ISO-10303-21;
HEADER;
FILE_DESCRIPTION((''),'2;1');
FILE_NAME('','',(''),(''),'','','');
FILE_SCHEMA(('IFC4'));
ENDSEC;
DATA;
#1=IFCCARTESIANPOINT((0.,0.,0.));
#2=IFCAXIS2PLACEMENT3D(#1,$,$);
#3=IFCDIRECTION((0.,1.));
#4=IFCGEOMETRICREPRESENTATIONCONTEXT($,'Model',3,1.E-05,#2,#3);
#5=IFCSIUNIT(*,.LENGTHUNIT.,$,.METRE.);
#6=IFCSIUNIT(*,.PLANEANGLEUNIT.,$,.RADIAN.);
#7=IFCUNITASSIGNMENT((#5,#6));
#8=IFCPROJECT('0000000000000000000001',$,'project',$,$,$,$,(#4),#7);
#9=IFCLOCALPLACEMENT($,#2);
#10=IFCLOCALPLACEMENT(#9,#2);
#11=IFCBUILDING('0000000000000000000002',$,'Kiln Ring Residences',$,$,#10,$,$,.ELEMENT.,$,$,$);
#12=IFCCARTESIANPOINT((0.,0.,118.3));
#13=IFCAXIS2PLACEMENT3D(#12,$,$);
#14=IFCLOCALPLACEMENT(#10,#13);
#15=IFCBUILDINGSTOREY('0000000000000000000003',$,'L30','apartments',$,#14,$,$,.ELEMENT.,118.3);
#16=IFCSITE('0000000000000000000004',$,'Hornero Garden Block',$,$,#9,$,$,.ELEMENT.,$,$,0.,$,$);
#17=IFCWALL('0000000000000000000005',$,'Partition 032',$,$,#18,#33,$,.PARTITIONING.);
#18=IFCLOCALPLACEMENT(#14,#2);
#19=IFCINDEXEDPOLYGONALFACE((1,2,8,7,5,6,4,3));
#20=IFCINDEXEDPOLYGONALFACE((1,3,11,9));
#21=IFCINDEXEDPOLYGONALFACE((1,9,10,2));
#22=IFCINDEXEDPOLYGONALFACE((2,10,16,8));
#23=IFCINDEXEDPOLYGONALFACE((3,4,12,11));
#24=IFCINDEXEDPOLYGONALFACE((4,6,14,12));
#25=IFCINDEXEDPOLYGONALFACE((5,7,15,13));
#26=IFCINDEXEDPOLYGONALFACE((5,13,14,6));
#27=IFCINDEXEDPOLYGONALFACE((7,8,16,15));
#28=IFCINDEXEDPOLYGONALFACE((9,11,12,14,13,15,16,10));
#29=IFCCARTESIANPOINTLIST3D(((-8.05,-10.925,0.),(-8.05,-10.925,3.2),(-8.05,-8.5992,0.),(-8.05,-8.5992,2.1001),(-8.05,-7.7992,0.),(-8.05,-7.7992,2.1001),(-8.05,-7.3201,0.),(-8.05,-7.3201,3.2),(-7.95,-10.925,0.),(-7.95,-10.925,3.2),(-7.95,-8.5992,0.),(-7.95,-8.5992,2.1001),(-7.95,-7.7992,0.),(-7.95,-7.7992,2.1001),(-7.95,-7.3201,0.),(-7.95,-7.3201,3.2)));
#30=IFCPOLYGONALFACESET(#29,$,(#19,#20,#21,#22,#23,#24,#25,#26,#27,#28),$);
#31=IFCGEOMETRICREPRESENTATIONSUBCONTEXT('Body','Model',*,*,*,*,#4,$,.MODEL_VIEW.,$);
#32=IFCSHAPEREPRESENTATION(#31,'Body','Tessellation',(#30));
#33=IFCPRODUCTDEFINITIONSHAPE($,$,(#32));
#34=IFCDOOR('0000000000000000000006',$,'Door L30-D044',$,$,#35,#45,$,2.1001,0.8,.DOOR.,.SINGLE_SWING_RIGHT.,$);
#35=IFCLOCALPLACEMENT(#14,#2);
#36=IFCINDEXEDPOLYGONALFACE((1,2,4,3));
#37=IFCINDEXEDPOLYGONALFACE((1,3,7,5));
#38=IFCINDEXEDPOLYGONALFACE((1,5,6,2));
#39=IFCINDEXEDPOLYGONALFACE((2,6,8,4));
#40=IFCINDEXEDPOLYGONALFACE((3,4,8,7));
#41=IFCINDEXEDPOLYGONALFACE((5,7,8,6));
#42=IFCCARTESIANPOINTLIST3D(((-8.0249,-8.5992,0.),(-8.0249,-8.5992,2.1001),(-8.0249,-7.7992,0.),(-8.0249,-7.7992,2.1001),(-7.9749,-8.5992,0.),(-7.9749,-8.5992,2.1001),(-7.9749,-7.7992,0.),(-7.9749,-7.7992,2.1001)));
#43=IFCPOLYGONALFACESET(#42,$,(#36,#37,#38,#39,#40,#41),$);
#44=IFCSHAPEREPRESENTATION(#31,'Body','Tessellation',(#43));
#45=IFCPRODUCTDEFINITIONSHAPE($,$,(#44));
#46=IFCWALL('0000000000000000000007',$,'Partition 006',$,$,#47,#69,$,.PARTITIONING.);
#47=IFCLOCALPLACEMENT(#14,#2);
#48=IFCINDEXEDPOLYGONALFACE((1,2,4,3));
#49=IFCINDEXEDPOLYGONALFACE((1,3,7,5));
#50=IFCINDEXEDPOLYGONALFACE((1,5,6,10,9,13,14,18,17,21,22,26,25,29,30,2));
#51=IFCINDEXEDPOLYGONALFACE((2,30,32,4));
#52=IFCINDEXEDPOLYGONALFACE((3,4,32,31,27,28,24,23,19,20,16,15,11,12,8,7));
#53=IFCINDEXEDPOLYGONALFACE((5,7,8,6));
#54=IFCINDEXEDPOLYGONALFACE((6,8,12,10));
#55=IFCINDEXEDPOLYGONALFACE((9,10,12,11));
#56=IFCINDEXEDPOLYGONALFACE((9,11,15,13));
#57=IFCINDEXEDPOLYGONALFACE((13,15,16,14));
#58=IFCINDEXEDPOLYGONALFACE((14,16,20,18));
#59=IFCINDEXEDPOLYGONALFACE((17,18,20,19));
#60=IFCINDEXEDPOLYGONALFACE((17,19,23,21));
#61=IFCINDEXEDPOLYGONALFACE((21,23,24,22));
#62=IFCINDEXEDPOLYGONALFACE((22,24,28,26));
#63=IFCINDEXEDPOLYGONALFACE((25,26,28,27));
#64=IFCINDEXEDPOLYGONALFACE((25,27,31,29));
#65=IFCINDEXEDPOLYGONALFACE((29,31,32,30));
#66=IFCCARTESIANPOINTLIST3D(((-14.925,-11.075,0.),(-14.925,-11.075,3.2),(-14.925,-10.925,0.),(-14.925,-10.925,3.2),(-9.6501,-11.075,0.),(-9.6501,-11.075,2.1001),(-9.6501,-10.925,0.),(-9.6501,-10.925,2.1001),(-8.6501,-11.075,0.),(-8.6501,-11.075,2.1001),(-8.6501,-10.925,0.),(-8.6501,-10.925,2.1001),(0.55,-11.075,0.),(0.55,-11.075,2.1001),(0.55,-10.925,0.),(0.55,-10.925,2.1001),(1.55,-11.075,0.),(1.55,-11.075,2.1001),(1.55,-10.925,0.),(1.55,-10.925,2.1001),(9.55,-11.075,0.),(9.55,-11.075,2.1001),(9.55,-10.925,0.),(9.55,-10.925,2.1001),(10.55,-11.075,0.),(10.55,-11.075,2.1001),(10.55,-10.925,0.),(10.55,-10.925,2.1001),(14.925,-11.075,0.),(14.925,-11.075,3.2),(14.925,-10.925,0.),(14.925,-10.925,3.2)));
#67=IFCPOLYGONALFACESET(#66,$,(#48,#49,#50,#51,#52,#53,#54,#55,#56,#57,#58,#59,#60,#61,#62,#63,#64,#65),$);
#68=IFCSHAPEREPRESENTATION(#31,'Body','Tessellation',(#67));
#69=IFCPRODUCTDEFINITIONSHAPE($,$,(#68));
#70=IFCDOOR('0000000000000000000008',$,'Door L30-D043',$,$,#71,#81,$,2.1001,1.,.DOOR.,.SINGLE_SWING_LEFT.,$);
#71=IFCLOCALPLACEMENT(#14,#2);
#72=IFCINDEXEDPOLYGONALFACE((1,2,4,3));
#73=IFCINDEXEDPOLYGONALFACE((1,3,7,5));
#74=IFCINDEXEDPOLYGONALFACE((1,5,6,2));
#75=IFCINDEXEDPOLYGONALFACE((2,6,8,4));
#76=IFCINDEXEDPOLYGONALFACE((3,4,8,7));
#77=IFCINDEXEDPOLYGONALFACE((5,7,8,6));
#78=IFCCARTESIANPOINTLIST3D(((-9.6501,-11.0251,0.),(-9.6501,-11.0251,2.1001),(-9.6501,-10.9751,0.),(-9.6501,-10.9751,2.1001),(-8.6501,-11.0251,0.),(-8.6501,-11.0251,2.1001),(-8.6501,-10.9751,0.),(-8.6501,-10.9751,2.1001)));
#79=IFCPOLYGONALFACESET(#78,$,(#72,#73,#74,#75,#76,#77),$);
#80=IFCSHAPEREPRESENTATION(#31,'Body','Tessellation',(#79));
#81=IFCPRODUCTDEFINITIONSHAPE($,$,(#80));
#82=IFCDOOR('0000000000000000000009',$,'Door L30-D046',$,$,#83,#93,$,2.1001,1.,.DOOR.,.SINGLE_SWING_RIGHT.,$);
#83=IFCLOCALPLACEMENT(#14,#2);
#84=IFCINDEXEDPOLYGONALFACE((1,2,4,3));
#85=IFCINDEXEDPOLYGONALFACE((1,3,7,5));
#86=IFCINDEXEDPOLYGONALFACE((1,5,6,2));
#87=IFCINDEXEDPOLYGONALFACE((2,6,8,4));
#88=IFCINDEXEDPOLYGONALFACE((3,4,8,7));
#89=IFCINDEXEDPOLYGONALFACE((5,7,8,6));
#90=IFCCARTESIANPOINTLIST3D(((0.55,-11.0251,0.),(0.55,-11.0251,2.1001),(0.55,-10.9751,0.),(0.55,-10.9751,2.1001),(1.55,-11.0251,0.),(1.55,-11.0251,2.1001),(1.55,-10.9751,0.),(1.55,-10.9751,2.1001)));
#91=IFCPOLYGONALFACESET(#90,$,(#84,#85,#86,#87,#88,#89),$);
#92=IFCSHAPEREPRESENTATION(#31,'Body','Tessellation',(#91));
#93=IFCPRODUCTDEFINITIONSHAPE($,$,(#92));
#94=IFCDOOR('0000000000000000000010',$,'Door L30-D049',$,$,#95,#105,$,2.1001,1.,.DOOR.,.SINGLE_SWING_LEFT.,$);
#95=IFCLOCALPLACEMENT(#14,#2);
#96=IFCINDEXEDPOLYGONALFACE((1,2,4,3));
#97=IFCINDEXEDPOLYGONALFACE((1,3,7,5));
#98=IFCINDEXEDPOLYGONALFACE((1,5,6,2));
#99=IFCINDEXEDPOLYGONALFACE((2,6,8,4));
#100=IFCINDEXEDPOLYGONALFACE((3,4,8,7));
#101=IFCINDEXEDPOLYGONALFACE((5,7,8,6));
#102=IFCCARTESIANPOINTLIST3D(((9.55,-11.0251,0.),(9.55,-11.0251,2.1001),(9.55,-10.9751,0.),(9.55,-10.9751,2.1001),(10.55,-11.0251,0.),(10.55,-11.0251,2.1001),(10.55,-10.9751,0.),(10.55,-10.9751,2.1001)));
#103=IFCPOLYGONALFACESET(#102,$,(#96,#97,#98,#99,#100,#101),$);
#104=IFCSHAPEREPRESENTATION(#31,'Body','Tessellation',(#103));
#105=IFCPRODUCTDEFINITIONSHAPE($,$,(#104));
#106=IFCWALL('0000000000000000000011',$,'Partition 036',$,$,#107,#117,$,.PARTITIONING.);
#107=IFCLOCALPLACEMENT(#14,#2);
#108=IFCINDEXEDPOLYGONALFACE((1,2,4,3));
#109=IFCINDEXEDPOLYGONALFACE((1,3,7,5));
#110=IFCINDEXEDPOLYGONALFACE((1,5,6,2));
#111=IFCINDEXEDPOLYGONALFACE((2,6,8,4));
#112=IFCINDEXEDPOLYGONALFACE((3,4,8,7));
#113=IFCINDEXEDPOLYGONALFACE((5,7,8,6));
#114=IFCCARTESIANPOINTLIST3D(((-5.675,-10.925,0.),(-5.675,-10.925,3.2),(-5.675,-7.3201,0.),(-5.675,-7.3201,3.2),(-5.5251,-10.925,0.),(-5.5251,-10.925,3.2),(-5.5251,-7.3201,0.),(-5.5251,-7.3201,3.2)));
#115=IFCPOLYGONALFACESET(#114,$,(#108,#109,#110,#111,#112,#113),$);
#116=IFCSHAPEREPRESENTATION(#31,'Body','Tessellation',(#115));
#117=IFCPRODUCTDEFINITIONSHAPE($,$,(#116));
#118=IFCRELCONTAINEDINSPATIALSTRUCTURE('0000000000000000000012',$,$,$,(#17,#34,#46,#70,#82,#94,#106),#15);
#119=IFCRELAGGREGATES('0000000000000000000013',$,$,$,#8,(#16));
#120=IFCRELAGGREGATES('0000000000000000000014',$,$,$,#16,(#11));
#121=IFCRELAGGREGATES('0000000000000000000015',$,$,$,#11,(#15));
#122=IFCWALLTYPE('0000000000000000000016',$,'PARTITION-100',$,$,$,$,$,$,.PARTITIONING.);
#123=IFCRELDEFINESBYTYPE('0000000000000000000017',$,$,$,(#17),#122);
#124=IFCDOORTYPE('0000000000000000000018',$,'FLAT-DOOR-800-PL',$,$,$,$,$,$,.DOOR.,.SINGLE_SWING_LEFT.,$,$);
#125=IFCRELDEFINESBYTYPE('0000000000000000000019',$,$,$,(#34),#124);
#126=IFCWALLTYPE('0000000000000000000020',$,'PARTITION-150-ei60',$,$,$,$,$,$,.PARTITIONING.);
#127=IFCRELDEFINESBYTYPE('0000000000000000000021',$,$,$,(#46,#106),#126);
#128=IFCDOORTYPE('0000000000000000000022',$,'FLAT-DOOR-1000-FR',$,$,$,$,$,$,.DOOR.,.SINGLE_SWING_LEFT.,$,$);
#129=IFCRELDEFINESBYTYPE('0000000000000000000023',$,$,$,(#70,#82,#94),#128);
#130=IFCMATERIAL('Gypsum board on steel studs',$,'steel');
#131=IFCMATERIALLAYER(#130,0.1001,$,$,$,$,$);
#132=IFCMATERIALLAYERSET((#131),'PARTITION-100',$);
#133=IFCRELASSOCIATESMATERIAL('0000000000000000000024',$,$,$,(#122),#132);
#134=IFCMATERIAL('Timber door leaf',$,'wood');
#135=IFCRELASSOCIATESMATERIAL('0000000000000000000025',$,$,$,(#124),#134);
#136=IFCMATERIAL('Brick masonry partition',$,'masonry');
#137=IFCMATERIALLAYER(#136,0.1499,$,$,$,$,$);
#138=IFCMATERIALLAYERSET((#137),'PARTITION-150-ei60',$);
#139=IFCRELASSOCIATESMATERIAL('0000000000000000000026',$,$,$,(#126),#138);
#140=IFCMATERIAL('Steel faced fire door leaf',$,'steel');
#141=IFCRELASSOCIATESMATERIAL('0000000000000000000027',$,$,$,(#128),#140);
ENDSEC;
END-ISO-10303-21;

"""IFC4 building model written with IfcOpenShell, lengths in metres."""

from ifc_helpers import new_model, si_unit, direction, frame, frame_2d, origin, place, context, subcontext, project, spatial, rectangle, extrude, material, layer, layer_set, type_object, element, fill, save


model = new_model("IFC4")

# Units and contexts
model_context = context("Model", 3, precision=1e-05, world=origin(), true_north=direction((0.0, 1.0)))
body_context = subcontext(model_context, "Body", "Model", "MODEL_VIEW")
ifc_project = project(units=[si_unit("LENGTHUNIT", "METRE"), si_unit("PLANEANGLEUNIT", "RADIAN")], contexts=[model_context])

# Site, building, storey
site_placement = place(None, origin())
site = spatial("IfcSite", under=ifc_project, at=site_placement, Name="Hornero Garden Block", CompositionType="ELEMENT", RefElevation=0.0)
building_placement = place(site_placement, origin())
building = spatial("IfcBuilding", under=site, at=building_placement, Name="Kiln Ring Residences", CompositionType="ELEMENT")
storey_placement = place(building_placement, frame((0.0, 0.0, 118.3)))
storey = spatial("IfcBuildingStorey", under=building, at=storey_placement, Name="L30", Description="apartments", CompositionType="ELEMENT", Elevation=118.3)

# Wall, opening, door
ifc_material_1 = material(Name="Gypsum board on steel studs", Category="steel")
ifc_layer_1 = layer(ifc_material_1, 0.1001)
ifc_layer_set_1 = layer_set([ifc_layer_1], Name="PARTITION-100")
wall_type_1 = type_object("IfcWallType", Name="PARTITION-100", PredefinedType="PARTITIONING", material=ifc_layer_set_1)
wall_1_placement = place(storey_placement, frame((-8.0, -10.925, 0.0), z_axis=(0.0, 0.0, 1.0), x_axis=(0.0, 1.0, 0.0)))
wall_1 = element("IfcWall", 1, at=wall_1_placement, inside=storey, type_object=wall_type_1, Name="Partition 032", PredefinedType="PARTITIONING", context=body_context, shape_type="SweptSolid", body=[
    extrude(rectangle(XDim=3.605, YDim=0.1001, at=frame_2d((1.8025, 0.0))), origin(), (0.0, 0.0, 1.0), 3.2),
])
opening_1_placement = place(wall_1_placement, frame((2.3259, 0.0, 0.0)))
opening_1 = element("IfcOpeningElement", 2, at=opening_1_placement, cuts=wall_1, PredefinedType="OPENING", context=body_context, shape_type="SweptSolid", body=[
    extrude(rectangle(XDim=0.8, YDim=2.1001, at=frame_2d((0.3999, 1.05))), frame((0.0, 0.0601, 0.0), z_axis=(0.0, -1.0, 0.0), x_axis=(1.0, 0.0, 0.0)), (0.0, 0.0, 1.0), 0.1201),
])
ifc_material_2 = material(Name="Timber door leaf", Category="wood")
door_type_1 = type_object("IfcDoorType", Name="FLAT-DOOR-800-PL", OperationType="SINGLE_SWING_LEFT", PredefinedType="DOOR", material=ifc_material_2)
door_1_placement = place(opening_1_placement, origin())
door_1 = element("IfcDoor", 3, at=door_1_placement, inside=storey, type_object=door_type_1, Name="Door L30-D044", OperationType="SINGLE_SWING_RIGHT", OverallHeight=2.1001, OverallWidth=0.8, PredefinedType="DOOR", context=body_context, shape_type="SweptSolid", body=[
    extrude(rectangle(XDim=0.8, YDim=2.1001, at=frame_2d((0.3999, 1.05))), frame((0.0, 0.0249, 0.0), z_axis=(0.0, -1.0, 0.0), x_axis=(1.0, 0.0, 0.0)), (0.0, 0.0, 1.0), 0.05),
])
fill(opening_1, door_1)

# Wall, openings, doors
ifc_material_3 = material(Name="Brick masonry partition", Category="masonry")
ifc_layer_2 = layer(ifc_material_3, 0.1499)
ifc_layer_set_2 = layer_set([ifc_layer_2], Name="PARTITION-150-ei60")
wall_type_2 = type_object("IfcWallType", Name="PARTITION-150-ei60", PredefinedType="PARTITIONING", material=ifc_layer_set_2)
wall_2_placement = place(storey_placement, frame((-14.925, -11.0, 0.0), z_axis=(0.0, 0.0, 1.0), x_axis=(1.0, 0.0, 0.0)))
wall_2 = element("IfcWall", 4, at=wall_2_placement, inside=storey, type_object=wall_type_2, Name="Partition 006", PredefinedType="PARTITIONING", context=body_context, shape_type="SweptSolid", body=[
    extrude(rectangle(XDim=29.8501, YDim=0.1499, at=frame_2d((14.925, 0.0))), origin(), (0.0, 0.0, 1.0), 3.2),
])
opening_2_placement = place(wall_2_placement, frame((5.2749, 0.0, 0.0)))
opening_2 = element("IfcOpeningElement", 5, at=opening_2_placement, cuts=wall_2, PredefinedType="OPENING", context=body_context, shape_type="SweptSolid", body=[
    extrude(rectangle(XDim=1.0, YDim=2.1001, at=frame_2d((0.5, 1.05))), frame((0.0, 0.085, 0.0), z_axis=(0.0, -1.0, 0.0), x_axis=(1.0, 0.0, 0.0)), (0.0, 0.0, 1.0), 0.1699),
])
opening_3_placement = place(wall_2_placement, frame((15.4751, 0.0, 0.0)))
opening_3 = element("IfcOpeningElement", 6, at=opening_3_placement, cuts=wall_2, PredefinedType="OPENING", context=body_context, shape_type="SweptSolid", body=[
    extrude(rectangle(XDim=1.0, YDim=2.1001, at=frame_2d((0.5, 1.05))), frame((0.0, 0.085, 0.0), z_axis=(0.0, -1.0, 0.0), x_axis=(1.0, 0.0, 0.0)), (0.0, 0.0, 1.0), 0.1699),
])
opening_4_placement = place(wall_2_placement, frame((24.4751, 0.0, 0.0)))
opening_4 = element("IfcOpeningElement", 7, at=opening_4_placement, cuts=wall_2, PredefinedType="OPENING", context=body_context, shape_type="SweptSolid", body=[
    extrude(rectangle(XDim=1.0, YDim=2.1001, at=frame_2d((0.5, 1.05))), frame((0.0, 0.085, 0.0), z_axis=(0.0, -1.0, 0.0), x_axis=(1.0, 0.0, 0.0)), (0.0, 0.0, 1.0), 0.1699),
])
ifc_material_4 = material(Name="Steel faced fire door leaf", Category="steel")
door_type_2 = type_object("IfcDoorType", Name="FLAT-DOOR-1000-FR", OperationType="SINGLE_SWING_LEFT", PredefinedType="DOOR", material=ifc_material_4)
door_2_placement = place(opening_2_placement, origin())
door_2 = element("IfcDoor", 8, at=door_2_placement, inside=storey, type_object=door_type_2, Name="Door L30-D043", OperationType="SINGLE_SWING_LEFT", OverallHeight=2.1001, OverallWidth=1.0, PredefinedType="DOOR", context=body_context, shape_type="SweptSolid", body=[
    extrude(rectangle(XDim=1.0, YDim=2.1001, at=frame_2d((0.5, 1.05))), frame((0.0, 0.0249, 0.0), z_axis=(0.0, -1.0, 0.0), x_axis=(1.0, 0.0, 0.0)), (0.0, 0.0, 1.0), 0.05),
])
fill(opening_2, door_2)
door_3_placement = place(opening_3_placement, origin())
door_3 = element("IfcDoor", 9, at=door_3_placement, inside=storey, type_object=door_type_2, Name="Door L30-D046", OperationType="SINGLE_SWING_RIGHT", OverallHeight=2.1001, OverallWidth=1.0, PredefinedType="DOOR", context=body_context, shape_type="SweptSolid", body=[
    extrude(rectangle(XDim=1.0, YDim=2.1001, at=frame_2d((0.5, 1.05))), frame((0.0, 0.0249, 0.0), z_axis=(0.0, -1.0, 0.0), x_axis=(1.0, 0.0, 0.0)), (0.0, 0.0, 1.0), 0.05),
])
fill(opening_3, door_3)
door_4_placement = place(opening_4_placement, origin())
door_4 = element("IfcDoor", 10, at=door_4_placement, inside=storey, type_object=door_type_2, Name="Door L30-D049", OperationType="SINGLE_SWING_LEFT", OverallHeight=2.1001, OverallWidth=1.0, PredefinedType="DOOR", context=body_context, shape_type="SweptSolid", body=[
    extrude(rectangle(XDim=1.0, YDim=2.1001, at=frame_2d((0.5, 1.05))), frame((0.0, 0.0249, 0.0), z_axis=(0.0, -1.0, 0.0), x_axis=(1.0, 0.0, 0.0)), (0.0, 0.0, 1.0), 0.05),
])
fill(opening_4, door_4)

# Wall
wall_3_placement = place(storey_placement, frame((-5.6001, -10.925, 0.0), z_axis=(0.0, 0.0, 1.0), x_axis=(0.0, 1.0, 0.0)))
element("IfcWall", 11, at=wall_3_placement, inside=storey, type_object=wall_type_2, Name="Partition 036", PredefinedType="PARTITIONING", context=body_context, shape_type="SweptSolid", body=[
    extrude(rectangle(XDim=3.605, YDim=0.1499, at=frame_2d((1.8025, 0.0))), origin(), (0.0, 0.0, 1.0), 3.2),
])

save(model, "model.ifc")
